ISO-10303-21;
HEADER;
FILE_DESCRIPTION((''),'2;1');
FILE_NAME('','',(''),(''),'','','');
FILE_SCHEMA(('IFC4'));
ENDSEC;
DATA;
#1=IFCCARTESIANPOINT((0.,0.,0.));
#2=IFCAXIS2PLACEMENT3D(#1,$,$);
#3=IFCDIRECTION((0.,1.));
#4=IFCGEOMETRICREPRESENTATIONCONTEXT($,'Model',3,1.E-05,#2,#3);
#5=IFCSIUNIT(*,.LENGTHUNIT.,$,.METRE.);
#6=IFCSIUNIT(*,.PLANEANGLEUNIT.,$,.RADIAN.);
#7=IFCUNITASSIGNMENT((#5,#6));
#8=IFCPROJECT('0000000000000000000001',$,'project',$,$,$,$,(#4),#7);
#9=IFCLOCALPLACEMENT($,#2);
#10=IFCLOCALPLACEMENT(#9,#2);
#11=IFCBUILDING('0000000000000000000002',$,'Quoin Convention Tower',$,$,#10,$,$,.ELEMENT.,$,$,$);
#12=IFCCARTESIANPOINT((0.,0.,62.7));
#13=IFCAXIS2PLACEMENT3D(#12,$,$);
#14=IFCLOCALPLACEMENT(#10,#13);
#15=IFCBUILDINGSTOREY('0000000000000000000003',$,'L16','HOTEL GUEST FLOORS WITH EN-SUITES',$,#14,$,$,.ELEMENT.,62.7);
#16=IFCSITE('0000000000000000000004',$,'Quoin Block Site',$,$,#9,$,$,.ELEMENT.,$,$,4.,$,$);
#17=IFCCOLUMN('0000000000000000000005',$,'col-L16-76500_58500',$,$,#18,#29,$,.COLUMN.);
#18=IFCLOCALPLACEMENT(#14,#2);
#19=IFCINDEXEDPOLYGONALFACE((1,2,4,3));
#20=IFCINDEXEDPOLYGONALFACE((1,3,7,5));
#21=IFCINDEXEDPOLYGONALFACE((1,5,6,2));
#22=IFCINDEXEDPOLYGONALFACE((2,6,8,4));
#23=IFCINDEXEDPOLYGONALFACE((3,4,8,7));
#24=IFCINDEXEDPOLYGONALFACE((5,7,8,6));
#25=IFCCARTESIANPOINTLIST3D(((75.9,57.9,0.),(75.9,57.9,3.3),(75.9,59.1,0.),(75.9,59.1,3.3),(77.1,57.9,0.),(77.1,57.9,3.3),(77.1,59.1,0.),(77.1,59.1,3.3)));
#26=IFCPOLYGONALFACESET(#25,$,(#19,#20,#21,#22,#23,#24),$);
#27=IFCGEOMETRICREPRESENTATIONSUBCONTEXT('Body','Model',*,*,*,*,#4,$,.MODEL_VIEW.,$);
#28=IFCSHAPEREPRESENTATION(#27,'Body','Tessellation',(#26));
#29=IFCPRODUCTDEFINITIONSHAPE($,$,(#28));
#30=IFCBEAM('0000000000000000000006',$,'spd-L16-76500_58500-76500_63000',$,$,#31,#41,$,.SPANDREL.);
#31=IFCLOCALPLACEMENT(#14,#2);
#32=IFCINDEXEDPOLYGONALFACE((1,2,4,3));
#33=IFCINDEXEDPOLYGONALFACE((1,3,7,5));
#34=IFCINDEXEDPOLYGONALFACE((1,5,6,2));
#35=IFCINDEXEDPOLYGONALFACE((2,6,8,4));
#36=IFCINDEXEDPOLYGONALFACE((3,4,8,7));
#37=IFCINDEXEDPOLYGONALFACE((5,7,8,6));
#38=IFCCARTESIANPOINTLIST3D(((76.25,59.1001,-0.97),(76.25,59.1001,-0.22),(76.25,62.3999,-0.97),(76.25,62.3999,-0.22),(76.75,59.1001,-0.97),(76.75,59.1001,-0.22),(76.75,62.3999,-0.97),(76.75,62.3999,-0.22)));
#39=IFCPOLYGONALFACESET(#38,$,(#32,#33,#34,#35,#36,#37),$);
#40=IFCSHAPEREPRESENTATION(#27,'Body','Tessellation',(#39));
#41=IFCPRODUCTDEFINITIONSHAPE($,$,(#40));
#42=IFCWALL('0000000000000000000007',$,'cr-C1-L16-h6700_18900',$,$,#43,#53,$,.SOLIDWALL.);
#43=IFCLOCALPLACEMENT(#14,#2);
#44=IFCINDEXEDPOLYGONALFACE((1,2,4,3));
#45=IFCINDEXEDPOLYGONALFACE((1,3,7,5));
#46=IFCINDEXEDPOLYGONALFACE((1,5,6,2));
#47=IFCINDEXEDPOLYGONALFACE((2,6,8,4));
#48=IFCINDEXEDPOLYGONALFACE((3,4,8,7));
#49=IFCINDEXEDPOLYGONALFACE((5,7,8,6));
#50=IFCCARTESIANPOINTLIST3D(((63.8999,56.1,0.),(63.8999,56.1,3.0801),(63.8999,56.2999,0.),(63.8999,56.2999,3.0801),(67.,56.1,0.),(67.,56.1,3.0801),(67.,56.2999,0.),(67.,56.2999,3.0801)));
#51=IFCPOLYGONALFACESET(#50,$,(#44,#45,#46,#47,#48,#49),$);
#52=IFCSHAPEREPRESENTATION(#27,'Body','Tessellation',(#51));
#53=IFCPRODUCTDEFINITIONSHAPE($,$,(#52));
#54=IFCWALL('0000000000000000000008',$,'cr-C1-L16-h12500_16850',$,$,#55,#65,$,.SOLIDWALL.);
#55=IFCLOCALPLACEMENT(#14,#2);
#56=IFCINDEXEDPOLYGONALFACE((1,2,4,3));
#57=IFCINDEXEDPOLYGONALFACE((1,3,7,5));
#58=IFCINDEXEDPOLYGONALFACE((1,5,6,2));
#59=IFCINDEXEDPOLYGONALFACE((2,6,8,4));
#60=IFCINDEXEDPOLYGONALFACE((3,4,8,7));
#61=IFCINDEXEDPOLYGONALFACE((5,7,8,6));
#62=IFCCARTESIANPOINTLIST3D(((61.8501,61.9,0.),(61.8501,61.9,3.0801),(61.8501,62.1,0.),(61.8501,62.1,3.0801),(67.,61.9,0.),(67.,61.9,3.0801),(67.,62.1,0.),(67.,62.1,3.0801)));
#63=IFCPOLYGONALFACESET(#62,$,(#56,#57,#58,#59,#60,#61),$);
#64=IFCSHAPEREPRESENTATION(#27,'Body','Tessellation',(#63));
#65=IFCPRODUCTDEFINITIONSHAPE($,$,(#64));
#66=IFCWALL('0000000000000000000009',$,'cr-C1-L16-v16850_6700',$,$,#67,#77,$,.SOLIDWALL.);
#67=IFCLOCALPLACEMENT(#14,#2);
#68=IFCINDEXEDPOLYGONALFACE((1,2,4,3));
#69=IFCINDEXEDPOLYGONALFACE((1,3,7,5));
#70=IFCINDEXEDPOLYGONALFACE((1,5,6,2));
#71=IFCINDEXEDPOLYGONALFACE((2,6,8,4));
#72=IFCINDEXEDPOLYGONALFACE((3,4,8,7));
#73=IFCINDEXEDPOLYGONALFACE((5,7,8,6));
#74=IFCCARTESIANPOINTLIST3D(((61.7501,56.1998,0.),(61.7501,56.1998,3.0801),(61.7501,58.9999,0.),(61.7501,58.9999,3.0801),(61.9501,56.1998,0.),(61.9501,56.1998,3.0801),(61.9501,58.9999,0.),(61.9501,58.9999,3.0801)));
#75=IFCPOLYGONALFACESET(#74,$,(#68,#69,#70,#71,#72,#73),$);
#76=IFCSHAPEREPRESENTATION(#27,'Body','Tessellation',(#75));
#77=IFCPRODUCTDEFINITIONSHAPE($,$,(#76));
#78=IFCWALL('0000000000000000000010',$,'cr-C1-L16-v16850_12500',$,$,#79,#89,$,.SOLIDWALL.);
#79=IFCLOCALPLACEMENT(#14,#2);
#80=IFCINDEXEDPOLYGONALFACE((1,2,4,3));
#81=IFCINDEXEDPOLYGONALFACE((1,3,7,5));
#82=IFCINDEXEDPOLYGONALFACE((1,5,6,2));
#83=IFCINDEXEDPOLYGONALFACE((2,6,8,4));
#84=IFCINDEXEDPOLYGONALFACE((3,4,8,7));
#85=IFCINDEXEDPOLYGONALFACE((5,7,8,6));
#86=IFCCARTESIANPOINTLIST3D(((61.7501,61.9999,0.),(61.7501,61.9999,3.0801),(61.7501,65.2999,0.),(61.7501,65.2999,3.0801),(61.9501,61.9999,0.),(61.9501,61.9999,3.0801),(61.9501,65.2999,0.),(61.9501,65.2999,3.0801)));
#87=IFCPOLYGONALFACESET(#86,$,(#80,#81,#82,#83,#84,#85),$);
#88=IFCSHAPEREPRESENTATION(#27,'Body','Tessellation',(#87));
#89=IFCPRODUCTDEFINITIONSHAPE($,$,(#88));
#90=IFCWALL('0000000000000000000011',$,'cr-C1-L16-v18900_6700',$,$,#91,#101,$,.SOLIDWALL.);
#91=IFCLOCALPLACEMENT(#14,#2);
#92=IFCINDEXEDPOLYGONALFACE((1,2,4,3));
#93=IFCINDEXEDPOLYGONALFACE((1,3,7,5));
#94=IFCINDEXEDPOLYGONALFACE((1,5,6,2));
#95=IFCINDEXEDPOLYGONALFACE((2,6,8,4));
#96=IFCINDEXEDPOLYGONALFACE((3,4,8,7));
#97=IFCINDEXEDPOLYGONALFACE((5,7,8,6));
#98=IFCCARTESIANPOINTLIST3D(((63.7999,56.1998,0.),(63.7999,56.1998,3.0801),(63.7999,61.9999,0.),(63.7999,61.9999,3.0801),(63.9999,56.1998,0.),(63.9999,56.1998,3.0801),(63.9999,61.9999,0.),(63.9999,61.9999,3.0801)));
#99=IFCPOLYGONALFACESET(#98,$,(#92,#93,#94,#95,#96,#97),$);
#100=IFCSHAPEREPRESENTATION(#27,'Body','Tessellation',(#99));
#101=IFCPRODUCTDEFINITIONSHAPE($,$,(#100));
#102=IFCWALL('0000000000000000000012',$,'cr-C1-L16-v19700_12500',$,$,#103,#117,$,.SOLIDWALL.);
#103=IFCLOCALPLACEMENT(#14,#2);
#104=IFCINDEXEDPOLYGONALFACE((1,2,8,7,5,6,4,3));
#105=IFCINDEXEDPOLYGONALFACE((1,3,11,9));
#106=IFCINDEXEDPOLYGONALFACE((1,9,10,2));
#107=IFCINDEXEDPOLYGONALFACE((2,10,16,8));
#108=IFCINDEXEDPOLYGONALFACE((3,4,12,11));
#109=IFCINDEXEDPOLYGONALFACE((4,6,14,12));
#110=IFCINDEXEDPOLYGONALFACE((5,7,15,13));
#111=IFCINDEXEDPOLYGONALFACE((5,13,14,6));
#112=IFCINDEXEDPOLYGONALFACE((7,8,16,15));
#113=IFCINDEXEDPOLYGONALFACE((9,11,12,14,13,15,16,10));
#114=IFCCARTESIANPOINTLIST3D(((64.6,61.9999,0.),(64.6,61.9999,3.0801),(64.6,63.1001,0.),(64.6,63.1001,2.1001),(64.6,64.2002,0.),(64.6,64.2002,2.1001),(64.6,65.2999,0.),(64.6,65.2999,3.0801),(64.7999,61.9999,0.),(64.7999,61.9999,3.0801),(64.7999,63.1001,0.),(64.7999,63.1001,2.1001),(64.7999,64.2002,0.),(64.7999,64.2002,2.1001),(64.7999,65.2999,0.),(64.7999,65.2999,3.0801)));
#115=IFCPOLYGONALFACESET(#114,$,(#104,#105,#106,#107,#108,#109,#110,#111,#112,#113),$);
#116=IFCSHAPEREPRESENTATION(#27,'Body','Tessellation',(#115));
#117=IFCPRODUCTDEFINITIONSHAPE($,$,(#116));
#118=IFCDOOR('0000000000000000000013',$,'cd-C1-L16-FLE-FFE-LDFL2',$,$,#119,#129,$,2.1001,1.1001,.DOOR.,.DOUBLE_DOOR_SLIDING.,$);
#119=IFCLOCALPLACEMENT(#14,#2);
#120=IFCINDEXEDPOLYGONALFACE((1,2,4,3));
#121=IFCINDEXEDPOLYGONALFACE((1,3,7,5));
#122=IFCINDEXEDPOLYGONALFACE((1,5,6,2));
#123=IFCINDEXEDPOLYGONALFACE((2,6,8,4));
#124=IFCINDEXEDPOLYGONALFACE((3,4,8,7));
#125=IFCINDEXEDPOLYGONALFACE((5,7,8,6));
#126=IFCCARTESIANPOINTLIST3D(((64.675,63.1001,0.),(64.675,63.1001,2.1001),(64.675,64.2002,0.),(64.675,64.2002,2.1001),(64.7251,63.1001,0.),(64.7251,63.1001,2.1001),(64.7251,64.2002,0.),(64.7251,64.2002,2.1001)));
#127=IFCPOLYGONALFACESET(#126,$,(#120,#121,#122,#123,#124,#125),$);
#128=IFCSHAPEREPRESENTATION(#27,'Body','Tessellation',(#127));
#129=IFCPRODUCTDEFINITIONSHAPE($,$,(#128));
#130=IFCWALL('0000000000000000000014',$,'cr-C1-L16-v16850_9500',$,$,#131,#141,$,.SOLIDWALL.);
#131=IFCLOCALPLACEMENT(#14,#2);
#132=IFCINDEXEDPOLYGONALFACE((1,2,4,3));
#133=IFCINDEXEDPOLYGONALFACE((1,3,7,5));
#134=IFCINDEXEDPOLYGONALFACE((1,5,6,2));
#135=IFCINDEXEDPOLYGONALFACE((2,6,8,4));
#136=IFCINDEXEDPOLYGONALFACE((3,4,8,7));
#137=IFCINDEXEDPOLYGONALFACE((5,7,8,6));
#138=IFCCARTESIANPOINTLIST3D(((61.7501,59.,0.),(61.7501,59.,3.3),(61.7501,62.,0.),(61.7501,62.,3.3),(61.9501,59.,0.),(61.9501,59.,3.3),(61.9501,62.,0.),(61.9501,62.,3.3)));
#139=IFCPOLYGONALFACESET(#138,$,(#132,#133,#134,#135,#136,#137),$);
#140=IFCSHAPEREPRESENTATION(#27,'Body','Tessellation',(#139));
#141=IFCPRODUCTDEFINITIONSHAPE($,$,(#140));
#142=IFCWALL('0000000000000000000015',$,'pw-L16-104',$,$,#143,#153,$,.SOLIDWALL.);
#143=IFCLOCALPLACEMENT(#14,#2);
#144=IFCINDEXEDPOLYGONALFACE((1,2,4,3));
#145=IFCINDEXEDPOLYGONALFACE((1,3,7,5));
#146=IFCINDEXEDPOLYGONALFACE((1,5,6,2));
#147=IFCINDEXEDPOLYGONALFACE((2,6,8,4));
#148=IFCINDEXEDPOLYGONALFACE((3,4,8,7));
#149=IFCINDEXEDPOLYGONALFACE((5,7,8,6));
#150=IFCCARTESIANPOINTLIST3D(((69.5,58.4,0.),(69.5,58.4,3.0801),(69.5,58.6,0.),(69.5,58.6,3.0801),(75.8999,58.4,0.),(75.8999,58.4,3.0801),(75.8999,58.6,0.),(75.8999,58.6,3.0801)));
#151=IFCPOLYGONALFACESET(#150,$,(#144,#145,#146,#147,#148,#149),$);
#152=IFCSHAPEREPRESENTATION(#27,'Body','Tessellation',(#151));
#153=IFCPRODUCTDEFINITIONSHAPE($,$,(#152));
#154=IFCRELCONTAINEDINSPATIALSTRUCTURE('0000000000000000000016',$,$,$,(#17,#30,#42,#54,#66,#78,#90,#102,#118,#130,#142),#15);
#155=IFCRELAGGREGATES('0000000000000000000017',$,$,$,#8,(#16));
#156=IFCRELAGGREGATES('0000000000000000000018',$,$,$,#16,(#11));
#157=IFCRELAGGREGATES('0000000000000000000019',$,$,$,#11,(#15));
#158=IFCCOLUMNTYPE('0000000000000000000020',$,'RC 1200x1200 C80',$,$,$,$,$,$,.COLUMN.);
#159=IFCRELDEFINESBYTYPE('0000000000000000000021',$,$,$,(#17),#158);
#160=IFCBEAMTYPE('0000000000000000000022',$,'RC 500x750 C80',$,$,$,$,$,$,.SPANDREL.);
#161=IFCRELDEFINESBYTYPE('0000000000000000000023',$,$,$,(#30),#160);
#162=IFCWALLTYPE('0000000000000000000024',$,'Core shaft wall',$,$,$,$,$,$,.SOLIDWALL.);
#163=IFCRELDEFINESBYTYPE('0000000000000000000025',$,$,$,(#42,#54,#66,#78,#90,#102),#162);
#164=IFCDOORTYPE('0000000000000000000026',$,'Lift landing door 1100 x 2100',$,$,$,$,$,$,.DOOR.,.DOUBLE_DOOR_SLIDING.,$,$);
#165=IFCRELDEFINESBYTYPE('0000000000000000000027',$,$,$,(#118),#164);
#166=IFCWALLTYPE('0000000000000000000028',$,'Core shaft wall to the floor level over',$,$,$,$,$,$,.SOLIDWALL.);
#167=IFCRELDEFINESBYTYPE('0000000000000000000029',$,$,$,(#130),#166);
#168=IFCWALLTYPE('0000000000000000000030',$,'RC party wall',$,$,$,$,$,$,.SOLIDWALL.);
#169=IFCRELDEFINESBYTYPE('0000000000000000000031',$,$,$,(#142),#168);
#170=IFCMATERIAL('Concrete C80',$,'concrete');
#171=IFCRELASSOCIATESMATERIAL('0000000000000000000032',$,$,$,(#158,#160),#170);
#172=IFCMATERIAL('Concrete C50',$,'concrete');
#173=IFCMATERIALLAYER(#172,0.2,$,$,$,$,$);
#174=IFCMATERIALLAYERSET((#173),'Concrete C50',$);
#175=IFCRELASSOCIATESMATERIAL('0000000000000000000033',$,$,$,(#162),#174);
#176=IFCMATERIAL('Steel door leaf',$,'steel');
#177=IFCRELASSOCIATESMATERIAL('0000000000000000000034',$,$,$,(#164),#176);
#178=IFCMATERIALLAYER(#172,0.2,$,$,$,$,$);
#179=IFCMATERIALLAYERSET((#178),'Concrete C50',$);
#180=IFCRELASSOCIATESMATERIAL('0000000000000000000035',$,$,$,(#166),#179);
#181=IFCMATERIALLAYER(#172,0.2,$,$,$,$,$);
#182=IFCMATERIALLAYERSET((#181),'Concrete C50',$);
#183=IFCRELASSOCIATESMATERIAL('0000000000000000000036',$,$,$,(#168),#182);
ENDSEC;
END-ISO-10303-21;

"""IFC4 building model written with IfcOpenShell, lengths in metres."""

from ifc_helpers import new_model, si_unit, direction, frame, frame_2d, origin, origin_2d, place, context, subcontext, project, spatial, rectangle, extrude, material, layer, layer_set, material_profile, profile_set, type_object, element, fill, save


model = new_model("IFC4")

# Units and contexts
model_context = context("Model", 3, precision=1e-05, world=origin(), true_north=direction((0.0, 1.0)))
body_context = subcontext(model_context, "Body", "Model", "MODEL_VIEW")
ifc_project = project(units=[si_unit("LENGTHUNIT", "METRE"), si_unit("PLANEANGLEUNIT", "RADIAN")], contexts=[model_context])

# Site, building, storey
site_placement = place(None, origin())
site = spatial("IfcSite", under=ifc_project, at=site_placement, Name="Quoin Block Site", CompositionType="ELEMENT", RefElevation=4.0)
building_placement = place(site_placement, origin())
building = spatial("IfcBuilding", under=site, at=building_placement, Name="Quoin Convention Tower", CompositionType="ELEMENT")
storey_placement = place(building_placement, frame((0.0, 0.0, 62.7)))
storey = spatial("IfcBuildingStorey", under=building, at=storey_placement, Name="L16", Description="HOTEL GUEST FLOORS WITH EN-SUITES", CompositionType="ELEMENT", Elevation=62.7)

# Column
ifc_material_1 = material(Name="Concrete C80", Category="concrete")
ifc_material_profile_1 = material_profile(ifc_material_1, rectangle(XDim=1.2, YDim=1.2, at=origin_2d()), Name="RC 1200x1200")
ifc_profile_set_1 = profile_set([ifc_material_profile_1], Name="Concrete C80")
column_type = type_object("IfcColumnType", Name="RC 1200x1200 C80", PredefinedType="COLUMN", material=ifc_profile_set_1)
column_placement = place(storey_placement, frame((76.5, 58.5, 0.0), z_axis=(0.0, 0.0, 1.0), x_axis=(1.0, 0.0, 0.0)))
element("IfcColumn", 1, at=column_placement, inside=storey, type_object=column_type, Name="col-L16-76500_58500", PredefinedType="COLUMN", context=body_context, shape_type="SweptSolid", body=[
    extrude(rectangle(XDim=1.2, YDim=1.2, at=origin_2d()), origin(), (0.0, 0.0, 1.0), 3.3),
])

# Beam
ifc_material_profile_2 = material_profile(ifc_material_1, rectangle(XDim=0.5, YDim=0.75, at=origin_2d()), Name="RC 500x750")
ifc_profile_set_2 = profile_set([ifc_material_profile_2], Name="Concrete C80")
beam_type = type_object("IfcBeamType", Name="RC 500x750 C80", PredefinedType="SPANDREL", material=ifc_profile_set_2)
beam_placement = place(storey_placement, frame((76.5, 59.1001, -0.595), z_axis=(0.0, 1.0, 0.0), x_axis=(-1.0, 0.0, 0.0)))
element("IfcBeam", 2, at=beam_placement, inside=storey, type_object=beam_type, Name="spd-L16-76500_58500-76500_63000", PredefinedType="SPANDREL", context=body_context, shape_type="SweptSolid", body=[
    extrude(rectangle(XDim=0.5, YDim=0.75, at=origin_2d()), origin(), (0.0, 0.0, 1.0), 3.2998),
])

# Walls
ifc_material_2 = material(Name="Concrete C50", Category="concrete")
ifc_layer_1 = layer(ifc_material_2, 0.2)
ifc_layer_set_1 = layer_set([ifc_layer_1], Name="Concrete C50")
wall_type_1 = type_object("IfcWallType", Name="Core shaft wall", PredefinedType="SOLIDWALL", material=ifc_layer_set_1)
wall_1_placement = place(storey_placement, frame((63.8999, 56.2, 0.0), z_axis=(0.0, 0.0, 1.0), x_axis=(1.0, 0.0, 0.0)))
element("IfcWall", 3, at=wall_1_placement, inside=storey, type_object=wall_type_1, Name="cr-C1-L16-h6700_18900", PredefinedType="SOLIDWALL", context=body_context, shape_type="SweptSolid", body=[
    extrude(rectangle(XDim=3.1001, YDim=0.2, at=frame_2d((1.55, 0.0))), origin(), (0.0, 0.0, 1.0), 3.0801),
])
wall_2_placement = place(storey_placement, frame((61.8501, 62.0, 0.0), z_axis=(0.0, 0.0, 1.0), x_axis=(1.0, 0.0, 0.0)))
element("IfcWall", 4, at=wall_2_placement, inside=storey, type_object=wall_type_1, Name="cr-C1-L16-h12500_16850", PredefinedType="SOLIDWALL", context=body_context, shape_type="SweptSolid", body=[
    extrude(rectangle(XDim=5.1499, YDim=0.2, at=frame_2d((2.575, 0.0))), origin(), (0.0, 0.0, 1.0), 3.0801),
])
wall_3_placement = place(storey_placement, frame((61.8501, 56.2, 0.0), z_axis=(0.0, 0.0, 1.0), x_axis=(0.0, 1.0, 0.0)))
element("IfcWall", 5, at=wall_3_placement, inside=storey, type_object=wall_type_1, Name="cr-C1-L16-v16850_6700", PredefinedType="SOLIDWALL", context=body_context, shape_type="SweptSolid", body=[
    extrude(rectangle(XDim=2.8, YDim=0.2, at=frame_2d((1.3999, 0.0))), origin(), (0.0, 0.0, 1.0), 3.0801),
])
wall_4_placement = place(storey_placement, frame((61.8501, 62.0, 0.0), z_axis=(0.0, 0.0, 1.0), x_axis=(0.0, 1.0, 0.0)))
element("IfcWall", 6, at=wall_4_placement, inside=storey, type_object=wall_type_1, Name="cr-C1-L16-v16850_12500", PredefinedType="SOLIDWALL", context=body_context, shape_type="SweptSolid", body=[
    extrude(rectangle(XDim=3.3, YDim=0.2, at=frame_2d((1.6499, 0.0))), origin(), (0.0, 0.0, 1.0), 3.0801),
])
wall_5_placement = place(storey_placement, frame((63.8999, 56.2, 0.0), z_axis=(0.0, 0.0, 1.0), x_axis=(0.0, 1.0, 0.0)))
element("IfcWall", 7, at=wall_5_placement, inside=storey, type_object=wall_type_1, Name="cr-C1-L16-v18900_6700", PredefinedType="SOLIDWALL", context=body_context, shape_type="SweptSolid", body=[
    extrude(rectangle(XDim=5.8, YDim=0.2, at=frame_2d((2.8999, 0.0))), origin(), (0.0, 0.0, 1.0), 3.0801),
])

# Wall, opening, door
wall_6_placement = place(storey_placement, frame((64.7, 62.0, 0.0), z_axis=(0.0, 0.0, 1.0), x_axis=(0.0, 1.0, 0.0)))
wall_6 = element("IfcWall", 8, at=wall_6_placement, inside=storey, type_object=wall_type_1, Name="cr-C1-L16-v19700_12500", PredefinedType="SOLIDWALL", context=body_context, shape_type="SweptSolid", body=[
    extrude(rectangle(XDim=3.3, YDim=0.2, at=frame_2d((1.6499, 0.0))), origin(), (0.0, 0.0, 1.0), 3.0801),
])
opening_placement = place(wall_6_placement, frame((1.1001, 0.0, 0.0)))
opening = element("IfcOpeningElement", 9, at=opening_placement, cuts=wall_6, PredefinedType="OPENING", context=body_context, shape_type="SweptSolid", body=[
    extrude(rectangle(XDim=1.1001, YDim=2.1001, at=frame_2d((0.55, 1.05))), frame((0.0, 0.1099, 0.0), z_axis=(0.0, -1.0, 0.0), x_axis=(1.0, 0.0, 0.0)), (0.0, 0.0, 1.0), 0.22),
])
ifc_material_3 = material(Name="Steel door leaf", Category="steel")
door_type = type_object("IfcDoorType", Name="Lift landing door 1100 x 2100", OperationType="DOUBLE_DOOR_SLIDING", PredefinedType="DOOR", material=ifc_material_3)
door_placement = place(opening_placement, origin())
door = element("IfcDoor", 10, at=door_placement, inside=storey, type_object=door_type, Name="cd-C1-L16-FLE-FFE-LDFL2", OperationType="DOUBLE_DOOR_SLIDING", OverallHeight=2.1001, OverallWidth=1.1001, PredefinedType="DOOR", context=body_context, shape_type="SweptSolid", body=[
    extrude(rectangle(XDim=1.1001, YDim=2.1001, at=frame_2d((0.55, 1.05))), frame((0.0, 0.0249, 0.0), z_axis=(0.0, -1.0, 0.0), x_axis=(1.0, 0.0, 0.0)), (0.0, 0.0, 1.0), 0.05),
])
fill(opening, door)

# Walls
ifc_layer_2 = layer(ifc_material_2, 0.2)
ifc_layer_set_2 = layer_set([ifc_layer_2], Name="Concrete C50")
wall_type_2 = type_object("IfcWallType", Name="Core shaft wall to the floor level over", PredefinedType="SOLIDWALL", material=ifc_layer_set_2)
wall_7_placement = place(storey_placement, frame((61.8501, 59.0, 0.0), z_axis=(0.0, 0.0, 1.0), x_axis=(0.0, 1.0, 0.0)))
element("IfcWall", 11, at=wall_7_placement, inside=storey, type_object=wall_type_2, Name="cr-C1-L16-v16850_9500", PredefinedType="SOLIDWALL", context=body_context, shape_type="SweptSolid", body=[
    extrude(rectangle(XDim=3.0, YDim=0.2, at=frame_2d((1.5, 0.0))), origin(), (0.0, 0.0, 1.0), 3.3),
])
ifc_layer_3 = layer(ifc_material_2, 0.2)
ifc_layer_set_3 = layer_set([ifc_layer_3], Name="Concrete C50")
wall_type_3 = type_object("IfcWallType", Name="RC party wall", PredefinedType="SOLIDWALL", material=ifc_layer_set_3)
wall_8_placement = place(storey_placement, frame((69.5, 58.5, 0.0), z_axis=(0.0, 0.0, 1.0), x_axis=(1.0, 0.0, 0.0)))
element("IfcWall", 12, at=wall_8_placement, inside=storey, type_object=wall_type_3, Name="pw-L16-104", PredefinedType="SOLIDWALL", context=body_context, shape_type="SweptSolid", body=[
    extrude(rectangle(XDim=6.3999, YDim=0.2, at=frame_2d((3.2, 0.0))), origin(), (0.0, 0.0, 1.0), 3.0801),
])

save(model, "model.ifc")
